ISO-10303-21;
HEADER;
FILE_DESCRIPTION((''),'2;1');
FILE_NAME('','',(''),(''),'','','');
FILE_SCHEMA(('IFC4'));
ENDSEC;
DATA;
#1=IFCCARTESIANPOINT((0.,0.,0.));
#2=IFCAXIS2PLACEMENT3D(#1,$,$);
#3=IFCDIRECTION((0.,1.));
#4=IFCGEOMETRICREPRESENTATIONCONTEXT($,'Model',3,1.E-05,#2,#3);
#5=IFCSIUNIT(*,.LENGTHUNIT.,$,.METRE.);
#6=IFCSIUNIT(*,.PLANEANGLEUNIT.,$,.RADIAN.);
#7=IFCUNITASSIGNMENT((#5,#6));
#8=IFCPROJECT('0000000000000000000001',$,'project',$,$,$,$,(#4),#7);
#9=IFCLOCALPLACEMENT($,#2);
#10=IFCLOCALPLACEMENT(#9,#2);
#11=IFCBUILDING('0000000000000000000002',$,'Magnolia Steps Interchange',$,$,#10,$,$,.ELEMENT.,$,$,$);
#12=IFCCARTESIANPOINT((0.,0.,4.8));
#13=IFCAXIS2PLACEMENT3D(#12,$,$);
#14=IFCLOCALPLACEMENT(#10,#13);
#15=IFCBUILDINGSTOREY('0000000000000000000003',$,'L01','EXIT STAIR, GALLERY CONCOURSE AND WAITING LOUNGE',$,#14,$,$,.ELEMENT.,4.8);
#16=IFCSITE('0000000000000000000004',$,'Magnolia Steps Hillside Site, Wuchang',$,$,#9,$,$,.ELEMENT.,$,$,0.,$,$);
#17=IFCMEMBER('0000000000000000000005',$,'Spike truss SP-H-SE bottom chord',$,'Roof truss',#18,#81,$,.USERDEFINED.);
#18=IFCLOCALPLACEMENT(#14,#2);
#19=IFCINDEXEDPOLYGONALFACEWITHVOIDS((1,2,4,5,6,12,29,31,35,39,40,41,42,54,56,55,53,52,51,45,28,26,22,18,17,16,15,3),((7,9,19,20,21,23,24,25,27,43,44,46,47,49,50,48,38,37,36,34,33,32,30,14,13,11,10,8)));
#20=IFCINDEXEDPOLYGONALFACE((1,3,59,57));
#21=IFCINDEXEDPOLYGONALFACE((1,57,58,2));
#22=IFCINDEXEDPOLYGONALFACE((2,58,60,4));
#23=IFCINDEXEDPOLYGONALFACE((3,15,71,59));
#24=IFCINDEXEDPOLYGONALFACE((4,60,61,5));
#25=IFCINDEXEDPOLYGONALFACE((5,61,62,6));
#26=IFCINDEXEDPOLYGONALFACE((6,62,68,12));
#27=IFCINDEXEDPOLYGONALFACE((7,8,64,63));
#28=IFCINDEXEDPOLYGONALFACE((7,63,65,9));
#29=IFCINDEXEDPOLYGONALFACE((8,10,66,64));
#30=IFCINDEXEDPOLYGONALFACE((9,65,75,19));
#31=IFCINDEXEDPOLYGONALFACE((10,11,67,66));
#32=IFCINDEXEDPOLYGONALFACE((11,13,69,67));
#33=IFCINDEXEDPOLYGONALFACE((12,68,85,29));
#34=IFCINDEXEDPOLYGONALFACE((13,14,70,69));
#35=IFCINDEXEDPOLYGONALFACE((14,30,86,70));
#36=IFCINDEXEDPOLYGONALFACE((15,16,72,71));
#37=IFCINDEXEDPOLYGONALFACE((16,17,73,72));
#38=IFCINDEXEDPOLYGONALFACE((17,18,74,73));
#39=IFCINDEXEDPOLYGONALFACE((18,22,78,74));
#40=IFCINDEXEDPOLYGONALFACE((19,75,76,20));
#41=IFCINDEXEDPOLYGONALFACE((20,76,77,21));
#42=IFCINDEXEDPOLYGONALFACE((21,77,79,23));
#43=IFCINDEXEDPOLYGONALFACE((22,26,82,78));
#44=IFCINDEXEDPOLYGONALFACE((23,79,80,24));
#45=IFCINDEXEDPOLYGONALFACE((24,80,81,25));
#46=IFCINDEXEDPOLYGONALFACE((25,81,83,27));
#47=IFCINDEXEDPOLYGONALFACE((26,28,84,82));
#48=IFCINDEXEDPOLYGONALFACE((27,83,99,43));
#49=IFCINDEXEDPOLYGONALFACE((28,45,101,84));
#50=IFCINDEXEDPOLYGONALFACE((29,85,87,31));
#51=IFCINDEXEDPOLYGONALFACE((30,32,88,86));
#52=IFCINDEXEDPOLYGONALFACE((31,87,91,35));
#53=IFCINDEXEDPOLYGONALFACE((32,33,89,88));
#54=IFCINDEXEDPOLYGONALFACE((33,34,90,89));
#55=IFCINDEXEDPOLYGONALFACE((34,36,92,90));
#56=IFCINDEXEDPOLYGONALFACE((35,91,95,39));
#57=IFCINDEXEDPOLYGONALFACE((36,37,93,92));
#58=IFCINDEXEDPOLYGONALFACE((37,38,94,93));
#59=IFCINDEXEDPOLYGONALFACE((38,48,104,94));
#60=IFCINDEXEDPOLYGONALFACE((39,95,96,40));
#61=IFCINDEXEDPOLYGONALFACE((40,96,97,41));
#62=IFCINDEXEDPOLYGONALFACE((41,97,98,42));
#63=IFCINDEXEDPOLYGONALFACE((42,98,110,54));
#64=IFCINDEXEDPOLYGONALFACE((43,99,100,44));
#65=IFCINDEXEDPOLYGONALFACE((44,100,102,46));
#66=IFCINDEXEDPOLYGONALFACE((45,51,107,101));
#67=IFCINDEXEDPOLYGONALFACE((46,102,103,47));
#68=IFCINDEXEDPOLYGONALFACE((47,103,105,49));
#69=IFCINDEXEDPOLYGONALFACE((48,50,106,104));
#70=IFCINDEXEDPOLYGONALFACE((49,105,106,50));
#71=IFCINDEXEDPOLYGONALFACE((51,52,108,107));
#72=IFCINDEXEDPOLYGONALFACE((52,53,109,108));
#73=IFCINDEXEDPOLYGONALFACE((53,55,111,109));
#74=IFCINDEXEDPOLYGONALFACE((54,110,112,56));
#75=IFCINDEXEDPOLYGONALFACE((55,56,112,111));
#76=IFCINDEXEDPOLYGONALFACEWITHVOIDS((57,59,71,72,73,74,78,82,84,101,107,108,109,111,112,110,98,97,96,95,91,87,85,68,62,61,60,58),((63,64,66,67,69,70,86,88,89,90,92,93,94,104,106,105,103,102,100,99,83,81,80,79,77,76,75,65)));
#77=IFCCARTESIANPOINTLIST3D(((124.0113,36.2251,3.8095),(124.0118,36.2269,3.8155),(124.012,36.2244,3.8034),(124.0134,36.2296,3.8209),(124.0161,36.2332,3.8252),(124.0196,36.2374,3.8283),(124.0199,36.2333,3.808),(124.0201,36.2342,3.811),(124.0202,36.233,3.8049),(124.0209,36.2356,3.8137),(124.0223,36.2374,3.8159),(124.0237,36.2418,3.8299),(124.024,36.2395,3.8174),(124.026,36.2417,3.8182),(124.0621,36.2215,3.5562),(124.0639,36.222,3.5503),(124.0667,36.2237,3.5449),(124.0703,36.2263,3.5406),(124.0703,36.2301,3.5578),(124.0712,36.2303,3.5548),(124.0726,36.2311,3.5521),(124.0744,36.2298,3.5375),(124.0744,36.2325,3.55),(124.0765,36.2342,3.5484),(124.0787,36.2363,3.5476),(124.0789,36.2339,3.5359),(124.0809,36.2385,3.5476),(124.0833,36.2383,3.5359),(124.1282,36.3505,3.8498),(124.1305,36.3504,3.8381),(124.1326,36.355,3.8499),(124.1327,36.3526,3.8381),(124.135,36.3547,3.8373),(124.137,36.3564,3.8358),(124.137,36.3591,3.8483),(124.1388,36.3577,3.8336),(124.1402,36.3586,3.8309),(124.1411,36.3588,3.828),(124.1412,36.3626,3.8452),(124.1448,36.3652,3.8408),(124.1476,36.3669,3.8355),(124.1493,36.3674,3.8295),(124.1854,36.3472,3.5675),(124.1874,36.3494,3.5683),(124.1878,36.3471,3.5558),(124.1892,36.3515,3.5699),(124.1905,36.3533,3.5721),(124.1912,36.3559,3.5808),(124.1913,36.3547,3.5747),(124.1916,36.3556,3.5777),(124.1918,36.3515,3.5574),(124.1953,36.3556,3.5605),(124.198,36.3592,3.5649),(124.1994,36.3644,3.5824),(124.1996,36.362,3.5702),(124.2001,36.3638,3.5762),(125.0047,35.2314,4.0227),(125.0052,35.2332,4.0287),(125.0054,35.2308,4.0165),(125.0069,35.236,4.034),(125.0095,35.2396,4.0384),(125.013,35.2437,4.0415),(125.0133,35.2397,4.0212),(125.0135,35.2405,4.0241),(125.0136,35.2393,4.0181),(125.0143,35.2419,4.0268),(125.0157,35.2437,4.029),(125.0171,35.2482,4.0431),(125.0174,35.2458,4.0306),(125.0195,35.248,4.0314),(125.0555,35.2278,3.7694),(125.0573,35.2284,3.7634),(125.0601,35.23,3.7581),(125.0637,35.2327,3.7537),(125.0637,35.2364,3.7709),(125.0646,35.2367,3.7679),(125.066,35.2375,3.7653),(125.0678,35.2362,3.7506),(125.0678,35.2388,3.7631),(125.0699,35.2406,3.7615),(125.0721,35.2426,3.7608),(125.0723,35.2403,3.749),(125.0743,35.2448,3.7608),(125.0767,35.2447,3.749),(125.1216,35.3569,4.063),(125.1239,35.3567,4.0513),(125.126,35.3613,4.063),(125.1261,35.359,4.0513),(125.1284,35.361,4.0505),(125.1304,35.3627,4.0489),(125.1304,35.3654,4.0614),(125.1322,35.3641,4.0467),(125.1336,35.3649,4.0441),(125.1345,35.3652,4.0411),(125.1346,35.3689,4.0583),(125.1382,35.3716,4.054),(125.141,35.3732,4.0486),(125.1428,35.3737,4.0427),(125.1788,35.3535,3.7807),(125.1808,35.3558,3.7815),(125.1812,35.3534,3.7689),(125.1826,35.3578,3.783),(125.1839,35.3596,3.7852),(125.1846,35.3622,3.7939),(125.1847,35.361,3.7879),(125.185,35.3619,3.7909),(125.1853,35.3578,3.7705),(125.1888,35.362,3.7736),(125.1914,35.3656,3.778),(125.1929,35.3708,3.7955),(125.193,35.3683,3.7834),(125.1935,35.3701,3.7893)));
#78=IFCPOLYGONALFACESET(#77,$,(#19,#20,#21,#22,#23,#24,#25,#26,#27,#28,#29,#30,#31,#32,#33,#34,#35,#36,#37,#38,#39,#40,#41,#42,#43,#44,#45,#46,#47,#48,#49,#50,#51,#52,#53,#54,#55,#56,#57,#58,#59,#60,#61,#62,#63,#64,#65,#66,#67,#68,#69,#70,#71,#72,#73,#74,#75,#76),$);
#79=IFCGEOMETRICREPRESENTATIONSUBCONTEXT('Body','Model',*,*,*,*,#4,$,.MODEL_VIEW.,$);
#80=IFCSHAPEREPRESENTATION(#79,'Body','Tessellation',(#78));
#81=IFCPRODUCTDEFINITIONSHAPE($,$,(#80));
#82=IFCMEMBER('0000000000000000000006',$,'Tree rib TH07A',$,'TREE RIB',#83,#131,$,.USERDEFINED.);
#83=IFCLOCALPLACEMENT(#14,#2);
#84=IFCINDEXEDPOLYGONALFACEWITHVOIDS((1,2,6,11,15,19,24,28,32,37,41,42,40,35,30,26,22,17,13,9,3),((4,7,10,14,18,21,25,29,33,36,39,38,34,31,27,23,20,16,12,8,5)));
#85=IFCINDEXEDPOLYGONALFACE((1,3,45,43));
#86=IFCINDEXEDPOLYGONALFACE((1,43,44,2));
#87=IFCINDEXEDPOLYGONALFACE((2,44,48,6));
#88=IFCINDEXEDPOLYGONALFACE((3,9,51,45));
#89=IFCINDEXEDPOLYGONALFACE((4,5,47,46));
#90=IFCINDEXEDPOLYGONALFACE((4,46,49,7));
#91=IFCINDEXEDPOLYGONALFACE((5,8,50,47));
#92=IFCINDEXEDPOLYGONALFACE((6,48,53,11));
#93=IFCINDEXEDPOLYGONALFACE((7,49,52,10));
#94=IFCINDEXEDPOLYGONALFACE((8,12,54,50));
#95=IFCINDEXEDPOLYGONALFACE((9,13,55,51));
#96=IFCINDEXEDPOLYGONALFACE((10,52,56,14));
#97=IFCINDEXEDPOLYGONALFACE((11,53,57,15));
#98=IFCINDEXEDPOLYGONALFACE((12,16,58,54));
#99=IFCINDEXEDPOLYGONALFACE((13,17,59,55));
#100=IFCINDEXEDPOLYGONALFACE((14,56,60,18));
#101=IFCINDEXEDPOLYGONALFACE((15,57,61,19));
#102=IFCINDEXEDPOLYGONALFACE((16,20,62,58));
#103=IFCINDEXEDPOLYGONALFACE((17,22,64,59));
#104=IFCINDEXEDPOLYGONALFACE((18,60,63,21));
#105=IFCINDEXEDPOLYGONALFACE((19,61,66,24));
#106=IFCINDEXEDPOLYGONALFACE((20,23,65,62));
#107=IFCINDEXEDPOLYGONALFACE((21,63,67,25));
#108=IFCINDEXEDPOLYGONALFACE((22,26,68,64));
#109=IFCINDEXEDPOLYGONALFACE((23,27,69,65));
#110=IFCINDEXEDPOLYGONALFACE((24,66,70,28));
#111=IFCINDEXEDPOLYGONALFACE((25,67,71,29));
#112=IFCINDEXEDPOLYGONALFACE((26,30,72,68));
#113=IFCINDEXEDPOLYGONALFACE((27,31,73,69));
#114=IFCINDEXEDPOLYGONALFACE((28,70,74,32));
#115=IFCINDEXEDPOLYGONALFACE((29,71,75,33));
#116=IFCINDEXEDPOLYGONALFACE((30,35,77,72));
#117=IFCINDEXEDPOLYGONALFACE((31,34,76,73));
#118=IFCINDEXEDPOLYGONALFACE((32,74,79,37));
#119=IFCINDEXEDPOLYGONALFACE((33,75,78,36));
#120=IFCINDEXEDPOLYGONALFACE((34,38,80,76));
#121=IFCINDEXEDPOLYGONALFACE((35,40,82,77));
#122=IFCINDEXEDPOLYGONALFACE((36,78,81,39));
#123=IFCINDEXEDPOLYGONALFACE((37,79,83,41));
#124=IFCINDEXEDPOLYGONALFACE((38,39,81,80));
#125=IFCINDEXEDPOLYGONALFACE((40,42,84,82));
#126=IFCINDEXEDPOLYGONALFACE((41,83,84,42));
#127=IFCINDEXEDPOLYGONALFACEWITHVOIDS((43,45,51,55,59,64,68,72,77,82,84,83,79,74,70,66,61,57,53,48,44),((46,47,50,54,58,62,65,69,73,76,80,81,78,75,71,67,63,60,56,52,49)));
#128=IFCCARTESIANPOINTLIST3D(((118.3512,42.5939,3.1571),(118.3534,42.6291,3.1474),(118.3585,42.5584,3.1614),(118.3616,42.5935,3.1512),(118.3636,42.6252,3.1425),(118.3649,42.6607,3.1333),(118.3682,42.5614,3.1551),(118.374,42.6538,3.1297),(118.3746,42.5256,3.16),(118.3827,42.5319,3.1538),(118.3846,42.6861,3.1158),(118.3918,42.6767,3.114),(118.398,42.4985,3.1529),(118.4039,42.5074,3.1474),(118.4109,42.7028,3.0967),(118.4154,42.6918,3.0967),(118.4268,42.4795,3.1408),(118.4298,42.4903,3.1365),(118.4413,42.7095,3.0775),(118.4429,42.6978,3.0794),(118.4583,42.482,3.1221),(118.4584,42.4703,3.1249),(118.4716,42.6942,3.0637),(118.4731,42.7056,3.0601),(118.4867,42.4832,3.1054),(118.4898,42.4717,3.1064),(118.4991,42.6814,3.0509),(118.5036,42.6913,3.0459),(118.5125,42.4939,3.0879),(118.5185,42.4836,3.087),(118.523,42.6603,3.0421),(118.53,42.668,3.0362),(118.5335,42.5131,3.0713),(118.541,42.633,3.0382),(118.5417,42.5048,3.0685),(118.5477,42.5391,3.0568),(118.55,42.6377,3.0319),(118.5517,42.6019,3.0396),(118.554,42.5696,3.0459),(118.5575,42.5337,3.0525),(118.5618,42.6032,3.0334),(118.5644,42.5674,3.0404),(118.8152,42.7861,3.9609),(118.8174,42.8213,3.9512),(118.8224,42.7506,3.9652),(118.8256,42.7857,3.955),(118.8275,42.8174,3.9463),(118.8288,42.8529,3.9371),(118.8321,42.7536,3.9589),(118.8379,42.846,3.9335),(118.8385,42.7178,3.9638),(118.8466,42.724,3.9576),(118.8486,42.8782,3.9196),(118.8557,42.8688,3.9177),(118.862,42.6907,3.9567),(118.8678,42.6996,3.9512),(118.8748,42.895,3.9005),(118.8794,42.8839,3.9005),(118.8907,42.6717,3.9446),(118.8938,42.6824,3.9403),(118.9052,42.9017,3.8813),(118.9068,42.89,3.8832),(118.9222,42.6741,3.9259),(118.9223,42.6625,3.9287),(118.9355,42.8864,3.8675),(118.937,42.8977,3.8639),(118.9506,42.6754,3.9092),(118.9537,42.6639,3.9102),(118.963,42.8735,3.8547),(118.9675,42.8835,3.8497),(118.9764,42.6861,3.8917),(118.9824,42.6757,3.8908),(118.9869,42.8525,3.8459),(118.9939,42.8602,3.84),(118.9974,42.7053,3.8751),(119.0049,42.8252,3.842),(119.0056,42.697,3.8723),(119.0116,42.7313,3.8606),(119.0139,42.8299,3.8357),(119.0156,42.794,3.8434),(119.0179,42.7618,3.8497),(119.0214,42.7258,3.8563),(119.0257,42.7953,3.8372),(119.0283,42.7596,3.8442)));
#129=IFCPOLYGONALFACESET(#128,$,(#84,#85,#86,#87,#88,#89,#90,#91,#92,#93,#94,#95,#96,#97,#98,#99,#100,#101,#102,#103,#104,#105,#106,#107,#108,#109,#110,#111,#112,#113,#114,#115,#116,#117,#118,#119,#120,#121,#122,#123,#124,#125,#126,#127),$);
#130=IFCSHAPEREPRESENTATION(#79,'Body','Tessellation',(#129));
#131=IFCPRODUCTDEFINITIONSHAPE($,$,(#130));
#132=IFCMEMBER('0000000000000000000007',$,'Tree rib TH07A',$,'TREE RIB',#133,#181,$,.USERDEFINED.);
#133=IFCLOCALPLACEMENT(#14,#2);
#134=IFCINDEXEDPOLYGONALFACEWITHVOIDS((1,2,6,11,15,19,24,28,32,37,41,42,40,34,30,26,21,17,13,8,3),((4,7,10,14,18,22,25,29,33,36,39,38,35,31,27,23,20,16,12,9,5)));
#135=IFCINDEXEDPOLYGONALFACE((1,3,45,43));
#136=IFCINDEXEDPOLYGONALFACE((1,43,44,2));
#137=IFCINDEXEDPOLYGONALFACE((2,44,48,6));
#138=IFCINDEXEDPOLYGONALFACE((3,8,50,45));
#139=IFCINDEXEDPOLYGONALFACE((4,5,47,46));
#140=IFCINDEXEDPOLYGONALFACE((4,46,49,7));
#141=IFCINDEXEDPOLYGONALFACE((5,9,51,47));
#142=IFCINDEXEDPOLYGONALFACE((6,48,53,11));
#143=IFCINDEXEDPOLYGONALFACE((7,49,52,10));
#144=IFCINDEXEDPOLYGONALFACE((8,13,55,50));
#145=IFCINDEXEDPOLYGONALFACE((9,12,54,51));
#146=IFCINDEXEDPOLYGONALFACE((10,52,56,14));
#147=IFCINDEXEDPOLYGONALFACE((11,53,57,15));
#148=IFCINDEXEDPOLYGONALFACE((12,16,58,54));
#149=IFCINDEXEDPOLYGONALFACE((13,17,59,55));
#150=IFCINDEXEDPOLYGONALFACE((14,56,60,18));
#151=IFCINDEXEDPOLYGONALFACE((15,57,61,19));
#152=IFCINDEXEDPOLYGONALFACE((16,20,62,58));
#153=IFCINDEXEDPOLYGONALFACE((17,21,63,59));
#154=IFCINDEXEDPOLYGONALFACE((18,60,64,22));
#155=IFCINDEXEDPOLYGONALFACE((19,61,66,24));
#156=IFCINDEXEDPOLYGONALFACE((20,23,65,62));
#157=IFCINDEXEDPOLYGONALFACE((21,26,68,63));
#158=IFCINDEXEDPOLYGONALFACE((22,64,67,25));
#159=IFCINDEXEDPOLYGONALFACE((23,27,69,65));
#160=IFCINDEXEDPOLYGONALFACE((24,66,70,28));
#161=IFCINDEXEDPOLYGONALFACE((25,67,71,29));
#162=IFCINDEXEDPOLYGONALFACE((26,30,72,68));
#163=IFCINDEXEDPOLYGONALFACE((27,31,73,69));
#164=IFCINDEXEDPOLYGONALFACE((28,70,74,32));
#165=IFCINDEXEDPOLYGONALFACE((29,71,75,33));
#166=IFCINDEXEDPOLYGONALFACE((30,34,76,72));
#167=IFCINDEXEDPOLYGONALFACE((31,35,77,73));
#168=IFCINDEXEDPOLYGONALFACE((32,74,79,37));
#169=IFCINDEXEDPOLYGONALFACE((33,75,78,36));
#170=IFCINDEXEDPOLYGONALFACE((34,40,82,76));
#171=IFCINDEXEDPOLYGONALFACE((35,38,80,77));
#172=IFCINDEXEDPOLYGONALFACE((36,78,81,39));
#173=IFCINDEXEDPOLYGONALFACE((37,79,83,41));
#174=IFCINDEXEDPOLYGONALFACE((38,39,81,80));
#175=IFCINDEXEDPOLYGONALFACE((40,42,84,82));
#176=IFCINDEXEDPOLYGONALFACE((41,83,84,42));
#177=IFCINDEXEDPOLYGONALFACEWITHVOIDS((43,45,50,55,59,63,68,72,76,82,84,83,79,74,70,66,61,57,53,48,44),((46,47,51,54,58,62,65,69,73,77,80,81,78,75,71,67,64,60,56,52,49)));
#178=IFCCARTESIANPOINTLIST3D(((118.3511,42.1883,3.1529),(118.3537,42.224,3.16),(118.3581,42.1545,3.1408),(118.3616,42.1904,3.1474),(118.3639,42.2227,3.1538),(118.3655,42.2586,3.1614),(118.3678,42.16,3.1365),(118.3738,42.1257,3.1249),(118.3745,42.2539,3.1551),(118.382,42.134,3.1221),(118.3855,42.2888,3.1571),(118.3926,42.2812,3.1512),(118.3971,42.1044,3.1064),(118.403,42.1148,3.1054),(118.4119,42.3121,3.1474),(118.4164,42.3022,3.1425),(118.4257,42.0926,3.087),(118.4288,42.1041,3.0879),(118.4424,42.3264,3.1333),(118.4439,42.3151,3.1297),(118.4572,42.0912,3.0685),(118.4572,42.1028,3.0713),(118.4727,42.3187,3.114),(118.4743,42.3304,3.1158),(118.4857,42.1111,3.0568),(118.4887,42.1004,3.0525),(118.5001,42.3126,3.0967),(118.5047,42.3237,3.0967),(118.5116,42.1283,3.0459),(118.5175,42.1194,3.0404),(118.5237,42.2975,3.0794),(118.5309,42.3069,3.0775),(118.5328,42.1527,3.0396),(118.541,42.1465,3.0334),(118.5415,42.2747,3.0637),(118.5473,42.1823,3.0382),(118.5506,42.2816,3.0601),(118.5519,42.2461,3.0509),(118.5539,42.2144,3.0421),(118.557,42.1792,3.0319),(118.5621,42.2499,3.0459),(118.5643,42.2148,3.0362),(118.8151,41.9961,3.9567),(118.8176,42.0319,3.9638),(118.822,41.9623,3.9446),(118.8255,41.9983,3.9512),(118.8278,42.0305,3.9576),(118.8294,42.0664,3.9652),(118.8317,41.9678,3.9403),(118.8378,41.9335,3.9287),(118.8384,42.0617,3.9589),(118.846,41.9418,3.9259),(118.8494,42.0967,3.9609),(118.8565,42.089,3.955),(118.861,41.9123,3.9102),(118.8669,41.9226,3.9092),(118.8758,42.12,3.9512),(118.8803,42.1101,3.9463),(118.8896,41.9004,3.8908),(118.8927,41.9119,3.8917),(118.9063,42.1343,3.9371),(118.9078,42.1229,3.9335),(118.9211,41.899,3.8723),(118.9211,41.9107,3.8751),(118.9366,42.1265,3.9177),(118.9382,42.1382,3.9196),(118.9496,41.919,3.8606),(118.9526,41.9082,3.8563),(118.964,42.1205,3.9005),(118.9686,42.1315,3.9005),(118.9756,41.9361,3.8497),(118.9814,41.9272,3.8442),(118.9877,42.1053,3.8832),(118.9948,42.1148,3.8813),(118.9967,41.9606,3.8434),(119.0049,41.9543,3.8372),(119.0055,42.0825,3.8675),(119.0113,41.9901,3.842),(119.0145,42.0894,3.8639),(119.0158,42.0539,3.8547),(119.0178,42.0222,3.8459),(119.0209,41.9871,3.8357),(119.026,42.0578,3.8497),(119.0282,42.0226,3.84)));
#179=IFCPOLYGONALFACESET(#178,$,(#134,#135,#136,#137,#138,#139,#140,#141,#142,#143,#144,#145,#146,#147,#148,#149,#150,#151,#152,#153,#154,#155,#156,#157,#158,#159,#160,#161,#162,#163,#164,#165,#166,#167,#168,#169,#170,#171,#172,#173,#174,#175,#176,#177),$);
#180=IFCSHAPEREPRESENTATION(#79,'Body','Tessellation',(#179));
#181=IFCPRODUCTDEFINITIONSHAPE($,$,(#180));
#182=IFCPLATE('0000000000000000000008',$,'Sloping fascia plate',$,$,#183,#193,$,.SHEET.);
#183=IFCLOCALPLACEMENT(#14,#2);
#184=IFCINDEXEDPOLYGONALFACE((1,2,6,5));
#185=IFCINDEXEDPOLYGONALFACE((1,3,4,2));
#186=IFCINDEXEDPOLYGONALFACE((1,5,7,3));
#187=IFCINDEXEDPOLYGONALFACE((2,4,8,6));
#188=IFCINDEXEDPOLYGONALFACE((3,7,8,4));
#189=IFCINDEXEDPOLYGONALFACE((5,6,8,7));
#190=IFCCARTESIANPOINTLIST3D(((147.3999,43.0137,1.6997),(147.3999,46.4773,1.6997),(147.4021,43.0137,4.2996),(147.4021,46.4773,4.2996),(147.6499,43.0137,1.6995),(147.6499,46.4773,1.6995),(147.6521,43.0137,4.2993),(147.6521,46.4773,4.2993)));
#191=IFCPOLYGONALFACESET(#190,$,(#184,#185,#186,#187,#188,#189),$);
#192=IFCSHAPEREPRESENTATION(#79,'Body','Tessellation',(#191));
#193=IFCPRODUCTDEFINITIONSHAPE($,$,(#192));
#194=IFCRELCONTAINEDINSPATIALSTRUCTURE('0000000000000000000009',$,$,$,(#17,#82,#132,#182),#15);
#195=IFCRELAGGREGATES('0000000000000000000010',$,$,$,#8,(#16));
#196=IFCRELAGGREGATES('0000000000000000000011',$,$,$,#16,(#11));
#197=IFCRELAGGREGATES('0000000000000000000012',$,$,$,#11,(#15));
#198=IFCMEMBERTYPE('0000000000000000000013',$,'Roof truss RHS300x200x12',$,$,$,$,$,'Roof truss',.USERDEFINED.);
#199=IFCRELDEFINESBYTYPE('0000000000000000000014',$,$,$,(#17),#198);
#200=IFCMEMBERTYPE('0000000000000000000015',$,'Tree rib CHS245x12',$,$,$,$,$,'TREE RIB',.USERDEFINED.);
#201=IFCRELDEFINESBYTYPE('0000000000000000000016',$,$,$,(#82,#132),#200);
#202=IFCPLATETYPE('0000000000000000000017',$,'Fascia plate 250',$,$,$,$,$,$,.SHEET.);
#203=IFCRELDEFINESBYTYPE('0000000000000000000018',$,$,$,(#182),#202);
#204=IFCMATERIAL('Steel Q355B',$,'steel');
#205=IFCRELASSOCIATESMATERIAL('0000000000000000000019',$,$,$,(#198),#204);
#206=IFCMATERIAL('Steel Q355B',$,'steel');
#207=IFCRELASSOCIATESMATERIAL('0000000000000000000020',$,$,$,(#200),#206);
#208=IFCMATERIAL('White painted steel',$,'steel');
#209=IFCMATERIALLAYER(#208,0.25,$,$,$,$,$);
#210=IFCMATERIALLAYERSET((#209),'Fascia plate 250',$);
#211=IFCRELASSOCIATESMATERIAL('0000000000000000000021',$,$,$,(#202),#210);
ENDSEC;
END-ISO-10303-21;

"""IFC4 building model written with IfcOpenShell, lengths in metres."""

from ifc_helpers import new_model, si_unit, direction, frame, origin, origin_2d, place, context, subcontext, project, spatial, polyline, hollow_rectangle, hollow_circle, outline, extrude, material, layer, layer_set, material_profile, profile_set, type_object, element, save


model = new_model("IFC4")

# Units and contexts
model_context = context("Model", 3, precision=1e-05, world=origin(), true_north=direction((0.0, 1.0)))
body_context = subcontext(model_context, "Body", "Model", "MODEL_VIEW")
ifc_project = project(units=[si_unit("LENGTHUNIT", "METRE"), si_unit("PLANEANGLEUNIT", "RADIAN")], contexts=[model_context])

# Site, building, storey
site_placement = place(None, origin())
site = spatial("IfcSite", under=ifc_project, at=site_placement, Name="Magnolia Steps Hillside Site, Wuchang", CompositionType="ELEMENT", RefElevation=0.0)
building_placement = place(site_placement, origin())
building = spatial("IfcBuilding", under=site, at=building_placement, Name="Magnolia Steps Interchange", CompositionType="ELEMENT")
storey_placement = place(building_placement, frame((0.0, 0.0, 4.8)))
storey = spatial("IfcBuildingStorey", under=building, at=storey_placement, Name="L01", Description="EXIT STAIR, GALLERY CONCOURSE AND WAITING LOUNGE", CompositionType="ELEMENT", Elevation=4.8)

# Members
ifc_material_1 = material(Name="Steel Q355B", Category="steel")
ifc_material_profile_1 = material_profile(ifc_material_1, hollow_rectangle(XDim=0.2, YDim=0.3, WallThickness=0.012, InnerFilletRadius=0.012, OuterFilletRadius=0.0239, at=origin_2d()), Name="RHS300x200x12")
ifc_profile_set_1 = profile_set([ifc_material_profile_1], Name="Steel Q355B")
member_type_1 = type_object("IfcMemberType", Name="Roof truss RHS300x200x12", ElementType="Roof truss", PredefinedType="USERDEFINED", material=ifc_profile_set_1)
member_1_placement = place(storey_placement, frame((124.1057, 36.2944, 3.6929), z_axis=(0.699023, -0.699195, 0.149975), x_axis=(0.686953, 0.714837, 0.130781)))
element("IfcMember", 1, at=member_1_placement, inside=storey, type_object=member_type_1, Name="Spike truss SP-H-SE bottom chord", ObjectType="Roof truss", PredefinedType="USERDEFINED", context=body_context, shape_type="SweptSolid", body=[
    extrude(hollow_rectangle(XDim=0.2, YDim=0.3, WallThickness=0.012, InnerFilletRadius=0.012, OuterFilletRadius=0.0239, at=origin_2d()), origin(), (0.0, 0.0, 1.0), 1.4211),
])
ifc_material_2 = material(Name="Steel Q355B", Category="steel")
ifc_material_profile_2 = material_profile(ifc_material_2, hollow_circle(Radius=0.1226, WallThickness=0.012, at=origin_2d()), Name="CHS245x12")
ifc_profile_set_2 = profile_set([ifc_material_profile_2], Name="Steel Q355B")
member_type_2 = type_object("IfcMemberType", Name="Tree rib CHS245x12", ElementType="TREE RIB", PredefinedType="USERDEFINED", material=ifc_profile_set_2)
for number, where, z_axis, x_axis, name in (
    (2, (118.4578, 42.5896, 3.0967), (0.489492, 0.202753, 0.848109), (-0.382681, 0.923881, 0.0), "Tree rib TH07A"),
    (3, (118.4578, 42.2104, 3.0967), (0.489492, -0.202753, 0.848109), (0.382681, 0.923881, 0.0), "Tree rib TH07A"),
):
    element("IfcMember", number, at=place(storey_placement, frame(where, z_axis=z_axis, x_axis=x_axis)), inside=storey, type_object=member_type_2, Name=name, ObjectType="TREE RIB", PredefinedType="USERDEFINED", context=body_context, shape_type="SweptSolid", body=[
        extrude(hollow_circle(Radius=0.1226, WallThickness=0.012, at=origin_2d()), origin(), (0.0, 0.0, 1.0), 0.9478),
    ])

# Plate
ifc_material_3 = material(Name="White painted steel", Category="steel")
ifc_layer_1 = layer(ifc_material_3, 0.25)
ifc_layer_set_1 = layer_set([ifc_layer_1], Name="Fascia plate 250")
plate_type = type_object("IfcPlateType", Name="Fascia plate 250", PredefinedType="SHEET", material=ifc_layer_set_1)
for number, where, z_axis, x_axis, name in (
    (4, (147.3999, 46.4773, 1.6997), (-1.0, 0.0, 0.000845), (0.0, -1.0, 0.0), "Sloping fascia plate"),
):
    element("IfcPlate", number, at=place(storey_placement, frame(where, z_axis=z_axis, x_axis=x_axis)), inside=storey, type_object=plate_type, Name=name, PredefinedType="SHEET", context=body_context, shape_type="SweptSolid", body=[
        extrude(outline(polyline([(0.0, 0.0), (3.4636, 0.0), (3.4636, 2.5999), (0.0, 2.5999), (0.0, 0.0)])), origin(), (0.0, 0.0, -1.0), 0.25),
    ])

save(model, "model.ifc")
